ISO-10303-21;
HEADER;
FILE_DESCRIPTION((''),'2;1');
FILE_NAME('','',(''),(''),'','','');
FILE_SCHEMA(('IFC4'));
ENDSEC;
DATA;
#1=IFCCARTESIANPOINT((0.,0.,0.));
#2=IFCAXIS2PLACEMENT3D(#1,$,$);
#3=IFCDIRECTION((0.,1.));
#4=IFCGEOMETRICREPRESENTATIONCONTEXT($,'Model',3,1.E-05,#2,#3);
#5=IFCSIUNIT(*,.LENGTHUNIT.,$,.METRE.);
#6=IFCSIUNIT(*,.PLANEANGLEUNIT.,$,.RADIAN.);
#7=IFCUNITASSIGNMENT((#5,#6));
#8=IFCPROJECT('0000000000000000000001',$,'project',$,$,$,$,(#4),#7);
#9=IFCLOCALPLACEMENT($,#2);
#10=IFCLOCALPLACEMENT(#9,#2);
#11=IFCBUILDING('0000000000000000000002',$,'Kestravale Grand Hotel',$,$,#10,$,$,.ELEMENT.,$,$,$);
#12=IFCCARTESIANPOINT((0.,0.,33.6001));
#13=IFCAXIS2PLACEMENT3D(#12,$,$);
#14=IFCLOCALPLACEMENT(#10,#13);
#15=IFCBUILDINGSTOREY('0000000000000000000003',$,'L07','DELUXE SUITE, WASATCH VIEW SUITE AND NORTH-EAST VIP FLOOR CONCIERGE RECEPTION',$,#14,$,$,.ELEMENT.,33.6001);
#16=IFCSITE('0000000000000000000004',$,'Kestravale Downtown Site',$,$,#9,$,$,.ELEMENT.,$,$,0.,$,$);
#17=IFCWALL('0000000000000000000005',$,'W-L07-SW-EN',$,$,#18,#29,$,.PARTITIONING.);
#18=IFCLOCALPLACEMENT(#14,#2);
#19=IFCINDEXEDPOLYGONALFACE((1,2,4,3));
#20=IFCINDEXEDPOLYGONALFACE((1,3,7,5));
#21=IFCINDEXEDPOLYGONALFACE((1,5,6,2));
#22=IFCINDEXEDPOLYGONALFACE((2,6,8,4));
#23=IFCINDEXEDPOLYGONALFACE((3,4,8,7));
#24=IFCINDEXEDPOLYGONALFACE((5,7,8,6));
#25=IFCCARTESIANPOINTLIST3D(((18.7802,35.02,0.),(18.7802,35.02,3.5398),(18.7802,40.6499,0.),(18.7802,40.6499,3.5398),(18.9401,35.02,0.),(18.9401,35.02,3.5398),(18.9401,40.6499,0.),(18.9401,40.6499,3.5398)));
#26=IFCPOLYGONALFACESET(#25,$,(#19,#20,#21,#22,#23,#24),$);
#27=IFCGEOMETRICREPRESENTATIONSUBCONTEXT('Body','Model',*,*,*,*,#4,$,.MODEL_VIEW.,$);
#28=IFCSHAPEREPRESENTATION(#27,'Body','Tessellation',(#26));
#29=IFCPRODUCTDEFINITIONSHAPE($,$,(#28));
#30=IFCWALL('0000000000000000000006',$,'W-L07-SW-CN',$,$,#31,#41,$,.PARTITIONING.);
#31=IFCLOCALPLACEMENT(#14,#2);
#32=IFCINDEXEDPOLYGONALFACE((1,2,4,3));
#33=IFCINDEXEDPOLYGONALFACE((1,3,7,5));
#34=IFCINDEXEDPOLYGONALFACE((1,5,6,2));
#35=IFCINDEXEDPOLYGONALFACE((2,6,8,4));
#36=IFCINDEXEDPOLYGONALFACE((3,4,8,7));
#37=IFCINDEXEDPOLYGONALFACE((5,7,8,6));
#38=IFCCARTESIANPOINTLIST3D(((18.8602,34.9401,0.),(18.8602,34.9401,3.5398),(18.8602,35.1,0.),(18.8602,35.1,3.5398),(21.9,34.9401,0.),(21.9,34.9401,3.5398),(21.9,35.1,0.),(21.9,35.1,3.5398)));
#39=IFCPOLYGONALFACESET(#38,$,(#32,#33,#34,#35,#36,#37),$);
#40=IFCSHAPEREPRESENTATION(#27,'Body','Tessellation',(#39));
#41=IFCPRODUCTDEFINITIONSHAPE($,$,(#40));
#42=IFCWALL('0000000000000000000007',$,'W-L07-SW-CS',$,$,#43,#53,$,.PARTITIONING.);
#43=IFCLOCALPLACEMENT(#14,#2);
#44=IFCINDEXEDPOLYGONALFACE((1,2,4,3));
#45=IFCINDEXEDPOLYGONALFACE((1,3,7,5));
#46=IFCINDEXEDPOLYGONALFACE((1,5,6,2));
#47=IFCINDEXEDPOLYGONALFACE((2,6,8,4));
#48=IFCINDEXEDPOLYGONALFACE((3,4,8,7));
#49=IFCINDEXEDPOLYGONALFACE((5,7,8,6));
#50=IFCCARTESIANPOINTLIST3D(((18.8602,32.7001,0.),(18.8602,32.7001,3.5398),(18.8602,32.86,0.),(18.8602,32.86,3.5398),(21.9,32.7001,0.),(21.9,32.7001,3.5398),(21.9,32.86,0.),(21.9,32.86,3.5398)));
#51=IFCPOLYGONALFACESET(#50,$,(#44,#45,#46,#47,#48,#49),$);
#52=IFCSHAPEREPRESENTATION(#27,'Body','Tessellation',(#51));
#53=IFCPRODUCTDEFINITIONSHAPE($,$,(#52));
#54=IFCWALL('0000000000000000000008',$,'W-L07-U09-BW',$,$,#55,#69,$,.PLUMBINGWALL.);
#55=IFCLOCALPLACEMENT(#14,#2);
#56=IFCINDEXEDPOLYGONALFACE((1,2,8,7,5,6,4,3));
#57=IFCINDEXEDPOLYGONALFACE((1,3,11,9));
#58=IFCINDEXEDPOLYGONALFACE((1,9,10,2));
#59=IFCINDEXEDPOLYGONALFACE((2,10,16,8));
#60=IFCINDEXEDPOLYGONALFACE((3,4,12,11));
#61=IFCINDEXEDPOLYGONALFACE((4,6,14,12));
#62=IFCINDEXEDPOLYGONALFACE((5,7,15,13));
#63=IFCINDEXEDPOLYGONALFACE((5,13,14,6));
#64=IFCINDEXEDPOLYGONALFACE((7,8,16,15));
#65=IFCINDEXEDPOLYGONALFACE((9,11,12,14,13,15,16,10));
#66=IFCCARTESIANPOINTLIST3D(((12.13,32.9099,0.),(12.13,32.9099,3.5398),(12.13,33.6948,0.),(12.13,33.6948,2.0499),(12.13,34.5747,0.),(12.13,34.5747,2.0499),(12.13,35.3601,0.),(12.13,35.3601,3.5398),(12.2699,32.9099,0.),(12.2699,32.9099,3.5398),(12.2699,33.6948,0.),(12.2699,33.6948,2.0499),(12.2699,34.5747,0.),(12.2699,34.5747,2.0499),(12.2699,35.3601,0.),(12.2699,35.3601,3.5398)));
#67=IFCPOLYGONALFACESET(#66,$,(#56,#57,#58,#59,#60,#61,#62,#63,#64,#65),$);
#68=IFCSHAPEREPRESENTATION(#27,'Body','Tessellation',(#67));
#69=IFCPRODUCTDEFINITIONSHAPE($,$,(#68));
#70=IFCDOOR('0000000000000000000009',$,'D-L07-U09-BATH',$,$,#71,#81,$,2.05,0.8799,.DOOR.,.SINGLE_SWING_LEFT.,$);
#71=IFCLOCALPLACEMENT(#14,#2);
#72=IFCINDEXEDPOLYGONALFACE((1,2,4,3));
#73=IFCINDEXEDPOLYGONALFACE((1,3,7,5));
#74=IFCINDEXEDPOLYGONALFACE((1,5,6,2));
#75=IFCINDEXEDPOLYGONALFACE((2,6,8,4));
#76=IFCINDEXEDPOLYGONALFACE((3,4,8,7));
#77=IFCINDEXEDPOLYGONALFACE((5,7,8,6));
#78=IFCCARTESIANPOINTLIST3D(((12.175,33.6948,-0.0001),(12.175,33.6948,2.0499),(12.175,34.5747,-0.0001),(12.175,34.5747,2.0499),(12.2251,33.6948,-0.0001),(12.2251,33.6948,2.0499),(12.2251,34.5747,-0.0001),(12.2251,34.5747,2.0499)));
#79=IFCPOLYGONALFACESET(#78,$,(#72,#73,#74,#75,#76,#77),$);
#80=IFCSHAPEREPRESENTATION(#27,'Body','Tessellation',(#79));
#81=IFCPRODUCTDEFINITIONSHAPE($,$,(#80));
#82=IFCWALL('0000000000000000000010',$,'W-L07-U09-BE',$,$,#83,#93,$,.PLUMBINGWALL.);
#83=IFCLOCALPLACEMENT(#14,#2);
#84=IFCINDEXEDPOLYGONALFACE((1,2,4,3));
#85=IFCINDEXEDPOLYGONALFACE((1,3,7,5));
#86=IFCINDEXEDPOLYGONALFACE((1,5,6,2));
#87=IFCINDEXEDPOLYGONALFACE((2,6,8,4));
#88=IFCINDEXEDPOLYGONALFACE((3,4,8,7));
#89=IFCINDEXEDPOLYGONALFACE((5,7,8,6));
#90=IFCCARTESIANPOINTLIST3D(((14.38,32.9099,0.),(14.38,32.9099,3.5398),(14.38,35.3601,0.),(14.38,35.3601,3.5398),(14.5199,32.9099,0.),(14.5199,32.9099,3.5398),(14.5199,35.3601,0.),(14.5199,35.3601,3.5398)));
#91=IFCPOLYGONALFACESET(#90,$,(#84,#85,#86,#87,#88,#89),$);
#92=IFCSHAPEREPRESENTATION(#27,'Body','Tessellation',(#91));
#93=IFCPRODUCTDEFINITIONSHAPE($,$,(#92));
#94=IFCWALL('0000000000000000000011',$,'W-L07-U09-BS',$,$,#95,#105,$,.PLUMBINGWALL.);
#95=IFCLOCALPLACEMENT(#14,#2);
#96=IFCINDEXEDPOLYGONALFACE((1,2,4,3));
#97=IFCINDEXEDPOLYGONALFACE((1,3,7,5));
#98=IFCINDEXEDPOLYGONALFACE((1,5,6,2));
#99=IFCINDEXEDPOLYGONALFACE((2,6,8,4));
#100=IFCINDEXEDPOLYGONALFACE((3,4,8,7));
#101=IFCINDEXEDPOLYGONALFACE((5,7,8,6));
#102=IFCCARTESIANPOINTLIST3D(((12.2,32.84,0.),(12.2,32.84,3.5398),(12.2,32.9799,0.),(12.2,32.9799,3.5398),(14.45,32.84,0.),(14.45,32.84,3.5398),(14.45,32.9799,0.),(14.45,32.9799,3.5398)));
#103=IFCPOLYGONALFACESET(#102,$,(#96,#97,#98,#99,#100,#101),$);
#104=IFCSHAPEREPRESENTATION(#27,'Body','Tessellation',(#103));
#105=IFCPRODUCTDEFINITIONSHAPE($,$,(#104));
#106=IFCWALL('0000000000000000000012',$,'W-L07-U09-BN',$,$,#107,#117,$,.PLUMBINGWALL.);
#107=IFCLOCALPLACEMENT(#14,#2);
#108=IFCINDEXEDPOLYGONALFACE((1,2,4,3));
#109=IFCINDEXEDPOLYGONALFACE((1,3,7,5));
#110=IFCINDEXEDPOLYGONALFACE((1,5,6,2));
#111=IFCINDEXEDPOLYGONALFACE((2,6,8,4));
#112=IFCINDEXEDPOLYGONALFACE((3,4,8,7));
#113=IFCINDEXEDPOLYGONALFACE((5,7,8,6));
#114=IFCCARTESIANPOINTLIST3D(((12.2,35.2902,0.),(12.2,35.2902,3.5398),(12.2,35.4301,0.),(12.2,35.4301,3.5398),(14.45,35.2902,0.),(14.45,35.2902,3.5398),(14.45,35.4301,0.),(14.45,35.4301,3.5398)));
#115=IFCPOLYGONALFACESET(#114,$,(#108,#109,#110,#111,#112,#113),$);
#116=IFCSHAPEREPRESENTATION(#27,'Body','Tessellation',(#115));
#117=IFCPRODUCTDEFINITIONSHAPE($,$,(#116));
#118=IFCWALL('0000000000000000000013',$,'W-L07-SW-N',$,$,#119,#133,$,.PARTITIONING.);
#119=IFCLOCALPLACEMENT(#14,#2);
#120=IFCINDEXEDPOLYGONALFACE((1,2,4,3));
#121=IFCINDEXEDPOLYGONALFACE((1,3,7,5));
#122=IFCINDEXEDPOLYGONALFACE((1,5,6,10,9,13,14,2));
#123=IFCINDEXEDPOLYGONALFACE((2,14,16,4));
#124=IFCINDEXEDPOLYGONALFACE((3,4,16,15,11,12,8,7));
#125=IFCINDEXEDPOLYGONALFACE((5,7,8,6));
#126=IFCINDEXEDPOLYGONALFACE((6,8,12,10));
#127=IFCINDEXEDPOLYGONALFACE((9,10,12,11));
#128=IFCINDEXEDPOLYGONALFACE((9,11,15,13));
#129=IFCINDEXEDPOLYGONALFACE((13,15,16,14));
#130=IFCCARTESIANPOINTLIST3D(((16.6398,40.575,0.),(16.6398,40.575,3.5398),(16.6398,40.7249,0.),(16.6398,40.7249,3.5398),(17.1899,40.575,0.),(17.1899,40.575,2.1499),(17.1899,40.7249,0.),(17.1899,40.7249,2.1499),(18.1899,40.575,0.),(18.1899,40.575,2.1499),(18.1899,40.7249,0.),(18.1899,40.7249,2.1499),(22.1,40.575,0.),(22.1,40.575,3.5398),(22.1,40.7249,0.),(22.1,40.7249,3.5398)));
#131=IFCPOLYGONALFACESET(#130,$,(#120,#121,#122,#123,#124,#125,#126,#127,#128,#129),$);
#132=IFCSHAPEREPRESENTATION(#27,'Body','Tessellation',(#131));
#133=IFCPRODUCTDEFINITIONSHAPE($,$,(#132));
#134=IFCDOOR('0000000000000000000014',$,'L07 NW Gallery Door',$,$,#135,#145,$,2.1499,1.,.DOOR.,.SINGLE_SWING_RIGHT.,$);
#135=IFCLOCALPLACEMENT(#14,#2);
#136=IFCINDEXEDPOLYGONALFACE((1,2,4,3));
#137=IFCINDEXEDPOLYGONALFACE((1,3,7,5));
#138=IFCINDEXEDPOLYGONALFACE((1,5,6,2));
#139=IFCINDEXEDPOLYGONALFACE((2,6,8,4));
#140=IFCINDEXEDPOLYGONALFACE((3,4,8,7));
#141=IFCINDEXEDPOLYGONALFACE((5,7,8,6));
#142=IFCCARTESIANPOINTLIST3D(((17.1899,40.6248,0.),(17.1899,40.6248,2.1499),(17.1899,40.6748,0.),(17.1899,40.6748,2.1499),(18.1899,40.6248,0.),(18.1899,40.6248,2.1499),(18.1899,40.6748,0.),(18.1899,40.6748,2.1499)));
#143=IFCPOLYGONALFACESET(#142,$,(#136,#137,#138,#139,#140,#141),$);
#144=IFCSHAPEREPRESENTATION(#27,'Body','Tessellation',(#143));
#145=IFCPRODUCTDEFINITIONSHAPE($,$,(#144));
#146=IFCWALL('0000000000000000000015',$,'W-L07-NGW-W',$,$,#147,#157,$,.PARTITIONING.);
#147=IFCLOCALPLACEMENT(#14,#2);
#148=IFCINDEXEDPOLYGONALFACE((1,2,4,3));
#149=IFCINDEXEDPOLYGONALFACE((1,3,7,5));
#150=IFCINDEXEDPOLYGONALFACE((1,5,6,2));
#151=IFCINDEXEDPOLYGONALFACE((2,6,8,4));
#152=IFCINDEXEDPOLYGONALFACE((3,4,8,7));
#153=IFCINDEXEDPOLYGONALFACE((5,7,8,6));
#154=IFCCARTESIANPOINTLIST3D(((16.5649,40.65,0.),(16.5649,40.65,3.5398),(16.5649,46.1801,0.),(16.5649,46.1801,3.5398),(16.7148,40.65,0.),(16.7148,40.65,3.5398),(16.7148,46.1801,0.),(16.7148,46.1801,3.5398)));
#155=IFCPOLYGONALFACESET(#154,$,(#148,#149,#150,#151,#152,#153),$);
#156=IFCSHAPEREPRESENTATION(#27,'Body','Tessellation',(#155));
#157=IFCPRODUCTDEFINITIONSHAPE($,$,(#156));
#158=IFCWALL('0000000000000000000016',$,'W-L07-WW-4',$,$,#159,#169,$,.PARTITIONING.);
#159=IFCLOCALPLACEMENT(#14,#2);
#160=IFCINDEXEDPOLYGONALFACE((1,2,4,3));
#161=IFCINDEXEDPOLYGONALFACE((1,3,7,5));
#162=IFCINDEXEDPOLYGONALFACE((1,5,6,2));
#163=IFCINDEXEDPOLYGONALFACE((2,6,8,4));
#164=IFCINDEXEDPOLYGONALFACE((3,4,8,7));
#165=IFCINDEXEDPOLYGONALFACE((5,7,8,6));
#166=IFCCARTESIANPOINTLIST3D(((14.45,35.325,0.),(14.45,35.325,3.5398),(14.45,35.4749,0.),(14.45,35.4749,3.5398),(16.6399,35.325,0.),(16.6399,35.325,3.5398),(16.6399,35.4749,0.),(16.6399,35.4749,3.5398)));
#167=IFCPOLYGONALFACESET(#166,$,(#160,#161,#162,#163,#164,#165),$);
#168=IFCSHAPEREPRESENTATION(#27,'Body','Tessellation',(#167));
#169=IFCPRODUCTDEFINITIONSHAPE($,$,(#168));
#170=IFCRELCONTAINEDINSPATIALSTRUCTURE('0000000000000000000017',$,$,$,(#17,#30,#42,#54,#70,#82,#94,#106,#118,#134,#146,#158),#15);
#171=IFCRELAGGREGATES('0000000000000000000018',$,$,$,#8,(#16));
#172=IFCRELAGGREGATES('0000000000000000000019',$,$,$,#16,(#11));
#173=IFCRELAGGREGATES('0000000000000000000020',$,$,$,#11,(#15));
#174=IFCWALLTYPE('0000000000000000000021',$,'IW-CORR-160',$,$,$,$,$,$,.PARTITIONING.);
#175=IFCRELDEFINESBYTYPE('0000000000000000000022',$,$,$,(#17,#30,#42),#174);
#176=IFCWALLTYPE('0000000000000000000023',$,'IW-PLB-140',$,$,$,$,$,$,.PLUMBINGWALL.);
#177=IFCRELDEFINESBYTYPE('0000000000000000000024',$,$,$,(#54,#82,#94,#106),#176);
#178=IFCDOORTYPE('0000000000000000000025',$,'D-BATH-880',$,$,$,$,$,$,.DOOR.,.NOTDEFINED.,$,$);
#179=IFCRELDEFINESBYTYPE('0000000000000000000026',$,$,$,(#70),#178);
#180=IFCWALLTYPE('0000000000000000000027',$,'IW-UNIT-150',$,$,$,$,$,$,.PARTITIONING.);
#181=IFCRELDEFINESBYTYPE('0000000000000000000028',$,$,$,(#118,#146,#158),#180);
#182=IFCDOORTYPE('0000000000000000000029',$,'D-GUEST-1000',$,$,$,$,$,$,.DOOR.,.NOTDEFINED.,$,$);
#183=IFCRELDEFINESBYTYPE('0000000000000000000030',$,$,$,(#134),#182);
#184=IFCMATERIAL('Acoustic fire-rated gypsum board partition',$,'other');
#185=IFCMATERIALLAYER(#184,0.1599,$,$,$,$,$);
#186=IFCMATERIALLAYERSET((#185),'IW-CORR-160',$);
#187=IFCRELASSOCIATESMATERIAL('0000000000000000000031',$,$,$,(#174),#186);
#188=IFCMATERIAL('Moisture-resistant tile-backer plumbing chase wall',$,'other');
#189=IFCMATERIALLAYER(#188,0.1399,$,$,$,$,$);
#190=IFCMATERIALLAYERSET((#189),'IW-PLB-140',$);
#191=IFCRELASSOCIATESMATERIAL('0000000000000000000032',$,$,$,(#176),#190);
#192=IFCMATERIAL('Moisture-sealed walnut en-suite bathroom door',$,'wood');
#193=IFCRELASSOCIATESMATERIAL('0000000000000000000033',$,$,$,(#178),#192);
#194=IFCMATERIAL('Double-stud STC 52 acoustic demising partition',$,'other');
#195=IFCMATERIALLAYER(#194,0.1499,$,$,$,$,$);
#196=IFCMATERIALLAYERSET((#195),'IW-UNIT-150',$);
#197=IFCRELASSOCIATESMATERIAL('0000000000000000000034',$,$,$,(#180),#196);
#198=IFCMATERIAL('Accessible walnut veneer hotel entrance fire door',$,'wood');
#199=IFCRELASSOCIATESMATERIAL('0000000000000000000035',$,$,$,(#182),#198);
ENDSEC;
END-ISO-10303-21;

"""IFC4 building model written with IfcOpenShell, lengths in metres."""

from ifc_helpers import new_model, si_unit, direction, frame, frame_2d, origin, place, context, subcontext, project, spatial, rectangle, extrude, material, layer, layer_set, type_object, element, fill, save


model = new_model("IFC4")

# Units and contexts
model_context = context("Model", 3, precision=1e-05, world=origin(), true_north=direction((0.0, 1.0)))
body_context = subcontext(model_context, "Body", "Model", "MODEL_VIEW")
ifc_project = project(units=[si_unit("LENGTHUNIT", "METRE"), si_unit("PLANEANGLEUNIT", "RADIAN")], contexts=[model_context])

# Site, building, storey
site_placement = place(None, origin())
site = spatial("IfcSite", under=ifc_project, at=site_placement, Name="Kestravale Downtown Site", CompositionType="ELEMENT", RefElevation=0.0)
building_placement = place(site_placement, origin())
building = spatial("IfcBuilding", under=site, at=building_placement, Name="Kestravale Grand Hotel", CompositionType="ELEMENT")
storey_placement = place(building_placement, frame((0.0, 0.0, 33.6001)))
storey = spatial("IfcBuildingStorey", under=building, at=storey_placement, Name="L07", Description="DELUXE SUITE, WASATCH VIEW SUITE AND NORTH-EAST VIP FLOOR CONCIERGE RECEPTION", CompositionType="ELEMENT", Elevation=33.6001)

# Walls
ifc_material_1 = material(Name="Acoustic fire-rated gypsum board partition", Category="other")
ifc_layer_1 = layer(ifc_material_1, 0.1599)
ifc_layer_set_1 = layer_set([ifc_layer_1], Name="IW-CORR-160")
wall_type_1 = type_object("IfcWallType", Name="IW-CORR-160", PredefinedType="PARTITIONING", material=ifc_layer_set_1)
wall_1_placement = place(storey_placement, frame((18.8601, 35.02, 0.0), z_axis=(0.0, 0.0, 1.0), x_axis=(0.0, 1.0, 0.0)))
element("IfcWall", 1, at=wall_1_placement, inside=storey, type_object=wall_type_1, Name="W-L07-SW-EN", PredefinedType="PARTITIONING", context=body_context, shape_type="SweptSolid", body=[
    extrude(rectangle(XDim=5.6299, YDim=0.1599, at=frame_2d((2.8149, 0.0))), origin(), (0.0, 0.0, 1.0), 3.5398),
])
for number, where, z_axis, x_axis, name in (
    (2, (18.8601, 35.02, 0.0), (0.0, 0.0, 1.0), (1.0, 0.0, 0.0), "W-L07-SW-CN"),
    (3, (18.8601, 32.78, 0.0), (0.0, 0.0, 1.0), (1.0, 0.0, 0.0), "W-L07-SW-CS"),
):
    element("IfcWall", number, at=place(storey_placement, frame(where, z_axis=z_axis, x_axis=x_axis)), inside=storey, type_object=wall_type_1, Name=name, PredefinedType="PARTITIONING", context=body_context, shape_type="SweptSolid", body=[
        extrude(rectangle(XDim=3.0398, YDim=0.1599, at=frame_2d((1.52, 0.0))), origin(), (0.0, 0.0, 1.0), 3.5398),
    ])

# Wall, opening, door
ifc_material_2 = material(Name="Moisture-resistant tile-backer plumbing chase wall", Category="other")
ifc_layer_2 = layer(ifc_material_2, 0.1399)
ifc_layer_set_2 = layer_set([ifc_layer_2], Name="IW-PLB-140")
wall_type_2 = type_object("IfcWallType", Name="IW-PLB-140", PredefinedType="PLUMBINGWALL", material=ifc_layer_set_2)
wall_2_placement = place(storey_placement, frame((12.2, 32.9099, 0.0), z_axis=(0.0, 0.0, 1.0), x_axis=(0.0, 1.0, 0.0)))
wall_2 = element("IfcWall", 4, at=wall_2_placement, inside=storey, type_object=wall_type_2, Name="W-L07-U09-BW", PredefinedType="PLUMBINGWALL", context=body_context, shape_type="SweptSolid", body=[
    extrude(rectangle(XDim=2.4502, YDim=0.1399, at=frame_2d((1.2251, 0.0))), origin(), (0.0, 0.0, 1.0), 3.5398),
])
opening_1_placement = place(wall_2_placement, frame((0.7849, 0.0, 0.0)))
opening_1 = element("IfcOpeningElement", 5, at=opening_1_placement, cuts=wall_2, PredefinedType="OPENING", context=body_context, shape_type="SweptSolid", body=[
    extrude(rectangle(XDim=0.8799, YDim=2.05, at=frame_2d((0.4399, 1.0249))), frame((0.0, 0.0798, 0.0), z_axis=(0.0, -1.0, 0.0), x_axis=(1.0, 0.0, 0.0)), (0.0, 0.0, 1.0), 0.1599),
])
ifc_material_3 = material(Name="Moisture-sealed walnut en-suite bathroom door", Category="wood")
door_type_1 = type_object("IfcDoorType", Name="D-BATH-880", OperationType="NOTDEFINED", PredefinedType="DOOR", material=ifc_material_3)
door_1_placement = place(opening_1_placement, origin())
door_1 = element("IfcDoor", 6, at=door_1_placement, inside=storey, type_object=door_type_1, Name="D-L07-U09-BATH", OperationType="SINGLE_SWING_LEFT", OverallHeight=2.05, OverallWidth=0.8799, PredefinedType="DOOR", context=body_context, shape_type="SweptSolid", body=[
    extrude(rectangle(XDim=0.8799, YDim=2.05, at=frame_2d((0.4399, 1.0249))), frame((0.0, 0.0249, 0.0), z_axis=(0.0, -1.0, 0.0), x_axis=(1.0, 0.0, 0.0)), (0.0, 0.0, 1.0), 0.05),
])
fill(opening_1, door_1)

# Walls
wall_3_placement = place(storey_placement, frame((14.45, 32.9099, 0.0), z_axis=(0.0, 0.0, 1.0), x_axis=(0.0, 1.0, 0.0)))
element("IfcWall", 7, at=wall_3_placement, inside=storey, type_object=wall_type_2, Name="W-L07-U09-BE", PredefinedType="PLUMBINGWALL", context=body_context, shape_type="SweptSolid", body=[
    extrude(rectangle(XDim=2.4502, YDim=0.1399, at=frame_2d((1.2251, 0.0))), origin(), (0.0, 0.0, 1.0), 3.5398),
])
for number, where, z_axis, x_axis, name in (
    (8, (12.2, 32.9099, 0.0), (0.0, 0.0, 1.0), (1.0, 0.0, 0.0), "W-L07-U09-BS"),
    (9, (12.2, 35.3601, 0.0), (0.0, 0.0, 1.0), (1.0, 0.0, 0.0), "W-L07-U09-BN"),
):
    element("IfcWall", number, at=place(storey_placement, frame(where, z_axis=z_axis, x_axis=x_axis)), inside=storey, type_object=wall_type_2, Name=name, PredefinedType="PLUMBINGWALL", context=body_context, shape_type="SweptSolid", body=[
        extrude(rectangle(XDim=2.25, YDim=0.1399, at=frame_2d((1.125, 0.0))), origin(), (0.0, 0.0, 1.0), 3.5398),
    ])

# Wall, opening, door
ifc_material_4 = material(Name="Double-stud STC 52 acoustic demising partition", Category="other")
ifc_layer_3 = layer(ifc_material_4, 0.1499)
ifc_layer_set_3 = layer_set([ifc_layer_3], Name="IW-UNIT-150")
wall_type_3 = type_object("IfcWallType", Name="IW-UNIT-150", PredefinedType="PARTITIONING", material=ifc_layer_set_3)
wall_4_placement = place(storey_placement, frame((16.6399, 40.6499, 0.0), z_axis=(0.0, 0.0, 1.0), x_axis=(1.0, 0.0, 0.0)))
wall_4 = element("IfcWall", 10, at=wall_4_placement, inside=storey, type_object=wall_type_3, Name="W-L07-SW-N", PredefinedType="PARTITIONING", context=body_context, shape_type="SweptSolid", body=[
    extrude(rectangle(XDim=5.4602, YDim=0.1499, at=frame_2d((2.73, 0.0))), origin(), (0.0, 0.0, 1.0), 3.5398),
])
opening_2_placement = place(wall_4_placement, frame((0.55, 0.0, 0.0)))
opening_2 = element("IfcOpeningElement", 11, at=opening_2_placement, cuts=wall_4, PredefinedType="OPENING", context=body_context, shape_type="SweptSolid", body=[
    extrude(rectangle(XDim=1.0, YDim=2.1499, at=frame_2d((0.5, 1.075))), frame((0.0, 0.085, 0.0), z_axis=(0.0, -1.0, 0.0), x_axis=(1.0, 0.0, 0.0)), (0.0, 0.0, 1.0), 0.1699),
])
ifc_material_5 = material(Name="Accessible walnut veneer hotel entrance fire door", Category="wood")
door_type_2 = type_object("IfcDoorType", Name="D-GUEST-1000", OperationType="NOTDEFINED", PredefinedType="DOOR", material=ifc_material_5)
door_2_placement = place(opening_2_placement, origin())
door_2 = element("IfcDoor", 12, at=door_2_placement, inside=storey, type_object=door_type_2, Name="L07 NW Gallery Door", OperationType="SINGLE_SWING_RIGHT", OverallHeight=2.1499, OverallWidth=1.0, PredefinedType="DOOR", context=body_context, shape_type="SweptSolid", body=[
    extrude(rectangle(XDim=1.0, YDim=2.1499, at=frame_2d((0.5, 1.075))), frame((0.0, 0.0249, 0.0), z_axis=(0.0, -1.0, 0.0), x_axis=(1.0, 0.0, 0.0)), (0.0, 0.0, 1.0), 0.05),
])
fill(opening_2, door_2)

# Walls
wall_5_placement = place(storey_placement, frame((16.6399, 40.6499, 0.0), z_axis=(0.0, 0.0, 1.0), x_axis=(0.0, 1.0, 0.0)))
element("IfcWall", 13, at=wall_5_placement, inside=storey, type_object=wall_type_3, Name="W-L07-NGW-W", PredefinedType="PARTITIONING", context=body_context, shape_type="SweptSolid", body=[
    extrude(rectangle(XDim=5.53, YDim=0.1499, at=frame_2d((2.7651, 0.0))), origin(), (0.0, 0.0, 1.0), 3.5398),
])
wall_6_placement = place(storey_placement, frame((14.45, 35.3999, 0.0), z_axis=(0.0, 0.0, 1.0), x_axis=(1.0, 0.0, 0.0)))
element("IfcWall", 14, at=wall_6_placement, inside=storey, type_object=wall_type_3, Name="W-L07-WW-4", PredefinedType="PARTITIONING", context=body_context, shape_type="SweptSolid", body=[
    extrude(rectangle(XDim=2.1899, YDim=0.1499, at=frame_2d((1.095, 0.0))), origin(), (0.0, 0.0, 1.0), 3.5398),
])

save(model, "model.ifc")
